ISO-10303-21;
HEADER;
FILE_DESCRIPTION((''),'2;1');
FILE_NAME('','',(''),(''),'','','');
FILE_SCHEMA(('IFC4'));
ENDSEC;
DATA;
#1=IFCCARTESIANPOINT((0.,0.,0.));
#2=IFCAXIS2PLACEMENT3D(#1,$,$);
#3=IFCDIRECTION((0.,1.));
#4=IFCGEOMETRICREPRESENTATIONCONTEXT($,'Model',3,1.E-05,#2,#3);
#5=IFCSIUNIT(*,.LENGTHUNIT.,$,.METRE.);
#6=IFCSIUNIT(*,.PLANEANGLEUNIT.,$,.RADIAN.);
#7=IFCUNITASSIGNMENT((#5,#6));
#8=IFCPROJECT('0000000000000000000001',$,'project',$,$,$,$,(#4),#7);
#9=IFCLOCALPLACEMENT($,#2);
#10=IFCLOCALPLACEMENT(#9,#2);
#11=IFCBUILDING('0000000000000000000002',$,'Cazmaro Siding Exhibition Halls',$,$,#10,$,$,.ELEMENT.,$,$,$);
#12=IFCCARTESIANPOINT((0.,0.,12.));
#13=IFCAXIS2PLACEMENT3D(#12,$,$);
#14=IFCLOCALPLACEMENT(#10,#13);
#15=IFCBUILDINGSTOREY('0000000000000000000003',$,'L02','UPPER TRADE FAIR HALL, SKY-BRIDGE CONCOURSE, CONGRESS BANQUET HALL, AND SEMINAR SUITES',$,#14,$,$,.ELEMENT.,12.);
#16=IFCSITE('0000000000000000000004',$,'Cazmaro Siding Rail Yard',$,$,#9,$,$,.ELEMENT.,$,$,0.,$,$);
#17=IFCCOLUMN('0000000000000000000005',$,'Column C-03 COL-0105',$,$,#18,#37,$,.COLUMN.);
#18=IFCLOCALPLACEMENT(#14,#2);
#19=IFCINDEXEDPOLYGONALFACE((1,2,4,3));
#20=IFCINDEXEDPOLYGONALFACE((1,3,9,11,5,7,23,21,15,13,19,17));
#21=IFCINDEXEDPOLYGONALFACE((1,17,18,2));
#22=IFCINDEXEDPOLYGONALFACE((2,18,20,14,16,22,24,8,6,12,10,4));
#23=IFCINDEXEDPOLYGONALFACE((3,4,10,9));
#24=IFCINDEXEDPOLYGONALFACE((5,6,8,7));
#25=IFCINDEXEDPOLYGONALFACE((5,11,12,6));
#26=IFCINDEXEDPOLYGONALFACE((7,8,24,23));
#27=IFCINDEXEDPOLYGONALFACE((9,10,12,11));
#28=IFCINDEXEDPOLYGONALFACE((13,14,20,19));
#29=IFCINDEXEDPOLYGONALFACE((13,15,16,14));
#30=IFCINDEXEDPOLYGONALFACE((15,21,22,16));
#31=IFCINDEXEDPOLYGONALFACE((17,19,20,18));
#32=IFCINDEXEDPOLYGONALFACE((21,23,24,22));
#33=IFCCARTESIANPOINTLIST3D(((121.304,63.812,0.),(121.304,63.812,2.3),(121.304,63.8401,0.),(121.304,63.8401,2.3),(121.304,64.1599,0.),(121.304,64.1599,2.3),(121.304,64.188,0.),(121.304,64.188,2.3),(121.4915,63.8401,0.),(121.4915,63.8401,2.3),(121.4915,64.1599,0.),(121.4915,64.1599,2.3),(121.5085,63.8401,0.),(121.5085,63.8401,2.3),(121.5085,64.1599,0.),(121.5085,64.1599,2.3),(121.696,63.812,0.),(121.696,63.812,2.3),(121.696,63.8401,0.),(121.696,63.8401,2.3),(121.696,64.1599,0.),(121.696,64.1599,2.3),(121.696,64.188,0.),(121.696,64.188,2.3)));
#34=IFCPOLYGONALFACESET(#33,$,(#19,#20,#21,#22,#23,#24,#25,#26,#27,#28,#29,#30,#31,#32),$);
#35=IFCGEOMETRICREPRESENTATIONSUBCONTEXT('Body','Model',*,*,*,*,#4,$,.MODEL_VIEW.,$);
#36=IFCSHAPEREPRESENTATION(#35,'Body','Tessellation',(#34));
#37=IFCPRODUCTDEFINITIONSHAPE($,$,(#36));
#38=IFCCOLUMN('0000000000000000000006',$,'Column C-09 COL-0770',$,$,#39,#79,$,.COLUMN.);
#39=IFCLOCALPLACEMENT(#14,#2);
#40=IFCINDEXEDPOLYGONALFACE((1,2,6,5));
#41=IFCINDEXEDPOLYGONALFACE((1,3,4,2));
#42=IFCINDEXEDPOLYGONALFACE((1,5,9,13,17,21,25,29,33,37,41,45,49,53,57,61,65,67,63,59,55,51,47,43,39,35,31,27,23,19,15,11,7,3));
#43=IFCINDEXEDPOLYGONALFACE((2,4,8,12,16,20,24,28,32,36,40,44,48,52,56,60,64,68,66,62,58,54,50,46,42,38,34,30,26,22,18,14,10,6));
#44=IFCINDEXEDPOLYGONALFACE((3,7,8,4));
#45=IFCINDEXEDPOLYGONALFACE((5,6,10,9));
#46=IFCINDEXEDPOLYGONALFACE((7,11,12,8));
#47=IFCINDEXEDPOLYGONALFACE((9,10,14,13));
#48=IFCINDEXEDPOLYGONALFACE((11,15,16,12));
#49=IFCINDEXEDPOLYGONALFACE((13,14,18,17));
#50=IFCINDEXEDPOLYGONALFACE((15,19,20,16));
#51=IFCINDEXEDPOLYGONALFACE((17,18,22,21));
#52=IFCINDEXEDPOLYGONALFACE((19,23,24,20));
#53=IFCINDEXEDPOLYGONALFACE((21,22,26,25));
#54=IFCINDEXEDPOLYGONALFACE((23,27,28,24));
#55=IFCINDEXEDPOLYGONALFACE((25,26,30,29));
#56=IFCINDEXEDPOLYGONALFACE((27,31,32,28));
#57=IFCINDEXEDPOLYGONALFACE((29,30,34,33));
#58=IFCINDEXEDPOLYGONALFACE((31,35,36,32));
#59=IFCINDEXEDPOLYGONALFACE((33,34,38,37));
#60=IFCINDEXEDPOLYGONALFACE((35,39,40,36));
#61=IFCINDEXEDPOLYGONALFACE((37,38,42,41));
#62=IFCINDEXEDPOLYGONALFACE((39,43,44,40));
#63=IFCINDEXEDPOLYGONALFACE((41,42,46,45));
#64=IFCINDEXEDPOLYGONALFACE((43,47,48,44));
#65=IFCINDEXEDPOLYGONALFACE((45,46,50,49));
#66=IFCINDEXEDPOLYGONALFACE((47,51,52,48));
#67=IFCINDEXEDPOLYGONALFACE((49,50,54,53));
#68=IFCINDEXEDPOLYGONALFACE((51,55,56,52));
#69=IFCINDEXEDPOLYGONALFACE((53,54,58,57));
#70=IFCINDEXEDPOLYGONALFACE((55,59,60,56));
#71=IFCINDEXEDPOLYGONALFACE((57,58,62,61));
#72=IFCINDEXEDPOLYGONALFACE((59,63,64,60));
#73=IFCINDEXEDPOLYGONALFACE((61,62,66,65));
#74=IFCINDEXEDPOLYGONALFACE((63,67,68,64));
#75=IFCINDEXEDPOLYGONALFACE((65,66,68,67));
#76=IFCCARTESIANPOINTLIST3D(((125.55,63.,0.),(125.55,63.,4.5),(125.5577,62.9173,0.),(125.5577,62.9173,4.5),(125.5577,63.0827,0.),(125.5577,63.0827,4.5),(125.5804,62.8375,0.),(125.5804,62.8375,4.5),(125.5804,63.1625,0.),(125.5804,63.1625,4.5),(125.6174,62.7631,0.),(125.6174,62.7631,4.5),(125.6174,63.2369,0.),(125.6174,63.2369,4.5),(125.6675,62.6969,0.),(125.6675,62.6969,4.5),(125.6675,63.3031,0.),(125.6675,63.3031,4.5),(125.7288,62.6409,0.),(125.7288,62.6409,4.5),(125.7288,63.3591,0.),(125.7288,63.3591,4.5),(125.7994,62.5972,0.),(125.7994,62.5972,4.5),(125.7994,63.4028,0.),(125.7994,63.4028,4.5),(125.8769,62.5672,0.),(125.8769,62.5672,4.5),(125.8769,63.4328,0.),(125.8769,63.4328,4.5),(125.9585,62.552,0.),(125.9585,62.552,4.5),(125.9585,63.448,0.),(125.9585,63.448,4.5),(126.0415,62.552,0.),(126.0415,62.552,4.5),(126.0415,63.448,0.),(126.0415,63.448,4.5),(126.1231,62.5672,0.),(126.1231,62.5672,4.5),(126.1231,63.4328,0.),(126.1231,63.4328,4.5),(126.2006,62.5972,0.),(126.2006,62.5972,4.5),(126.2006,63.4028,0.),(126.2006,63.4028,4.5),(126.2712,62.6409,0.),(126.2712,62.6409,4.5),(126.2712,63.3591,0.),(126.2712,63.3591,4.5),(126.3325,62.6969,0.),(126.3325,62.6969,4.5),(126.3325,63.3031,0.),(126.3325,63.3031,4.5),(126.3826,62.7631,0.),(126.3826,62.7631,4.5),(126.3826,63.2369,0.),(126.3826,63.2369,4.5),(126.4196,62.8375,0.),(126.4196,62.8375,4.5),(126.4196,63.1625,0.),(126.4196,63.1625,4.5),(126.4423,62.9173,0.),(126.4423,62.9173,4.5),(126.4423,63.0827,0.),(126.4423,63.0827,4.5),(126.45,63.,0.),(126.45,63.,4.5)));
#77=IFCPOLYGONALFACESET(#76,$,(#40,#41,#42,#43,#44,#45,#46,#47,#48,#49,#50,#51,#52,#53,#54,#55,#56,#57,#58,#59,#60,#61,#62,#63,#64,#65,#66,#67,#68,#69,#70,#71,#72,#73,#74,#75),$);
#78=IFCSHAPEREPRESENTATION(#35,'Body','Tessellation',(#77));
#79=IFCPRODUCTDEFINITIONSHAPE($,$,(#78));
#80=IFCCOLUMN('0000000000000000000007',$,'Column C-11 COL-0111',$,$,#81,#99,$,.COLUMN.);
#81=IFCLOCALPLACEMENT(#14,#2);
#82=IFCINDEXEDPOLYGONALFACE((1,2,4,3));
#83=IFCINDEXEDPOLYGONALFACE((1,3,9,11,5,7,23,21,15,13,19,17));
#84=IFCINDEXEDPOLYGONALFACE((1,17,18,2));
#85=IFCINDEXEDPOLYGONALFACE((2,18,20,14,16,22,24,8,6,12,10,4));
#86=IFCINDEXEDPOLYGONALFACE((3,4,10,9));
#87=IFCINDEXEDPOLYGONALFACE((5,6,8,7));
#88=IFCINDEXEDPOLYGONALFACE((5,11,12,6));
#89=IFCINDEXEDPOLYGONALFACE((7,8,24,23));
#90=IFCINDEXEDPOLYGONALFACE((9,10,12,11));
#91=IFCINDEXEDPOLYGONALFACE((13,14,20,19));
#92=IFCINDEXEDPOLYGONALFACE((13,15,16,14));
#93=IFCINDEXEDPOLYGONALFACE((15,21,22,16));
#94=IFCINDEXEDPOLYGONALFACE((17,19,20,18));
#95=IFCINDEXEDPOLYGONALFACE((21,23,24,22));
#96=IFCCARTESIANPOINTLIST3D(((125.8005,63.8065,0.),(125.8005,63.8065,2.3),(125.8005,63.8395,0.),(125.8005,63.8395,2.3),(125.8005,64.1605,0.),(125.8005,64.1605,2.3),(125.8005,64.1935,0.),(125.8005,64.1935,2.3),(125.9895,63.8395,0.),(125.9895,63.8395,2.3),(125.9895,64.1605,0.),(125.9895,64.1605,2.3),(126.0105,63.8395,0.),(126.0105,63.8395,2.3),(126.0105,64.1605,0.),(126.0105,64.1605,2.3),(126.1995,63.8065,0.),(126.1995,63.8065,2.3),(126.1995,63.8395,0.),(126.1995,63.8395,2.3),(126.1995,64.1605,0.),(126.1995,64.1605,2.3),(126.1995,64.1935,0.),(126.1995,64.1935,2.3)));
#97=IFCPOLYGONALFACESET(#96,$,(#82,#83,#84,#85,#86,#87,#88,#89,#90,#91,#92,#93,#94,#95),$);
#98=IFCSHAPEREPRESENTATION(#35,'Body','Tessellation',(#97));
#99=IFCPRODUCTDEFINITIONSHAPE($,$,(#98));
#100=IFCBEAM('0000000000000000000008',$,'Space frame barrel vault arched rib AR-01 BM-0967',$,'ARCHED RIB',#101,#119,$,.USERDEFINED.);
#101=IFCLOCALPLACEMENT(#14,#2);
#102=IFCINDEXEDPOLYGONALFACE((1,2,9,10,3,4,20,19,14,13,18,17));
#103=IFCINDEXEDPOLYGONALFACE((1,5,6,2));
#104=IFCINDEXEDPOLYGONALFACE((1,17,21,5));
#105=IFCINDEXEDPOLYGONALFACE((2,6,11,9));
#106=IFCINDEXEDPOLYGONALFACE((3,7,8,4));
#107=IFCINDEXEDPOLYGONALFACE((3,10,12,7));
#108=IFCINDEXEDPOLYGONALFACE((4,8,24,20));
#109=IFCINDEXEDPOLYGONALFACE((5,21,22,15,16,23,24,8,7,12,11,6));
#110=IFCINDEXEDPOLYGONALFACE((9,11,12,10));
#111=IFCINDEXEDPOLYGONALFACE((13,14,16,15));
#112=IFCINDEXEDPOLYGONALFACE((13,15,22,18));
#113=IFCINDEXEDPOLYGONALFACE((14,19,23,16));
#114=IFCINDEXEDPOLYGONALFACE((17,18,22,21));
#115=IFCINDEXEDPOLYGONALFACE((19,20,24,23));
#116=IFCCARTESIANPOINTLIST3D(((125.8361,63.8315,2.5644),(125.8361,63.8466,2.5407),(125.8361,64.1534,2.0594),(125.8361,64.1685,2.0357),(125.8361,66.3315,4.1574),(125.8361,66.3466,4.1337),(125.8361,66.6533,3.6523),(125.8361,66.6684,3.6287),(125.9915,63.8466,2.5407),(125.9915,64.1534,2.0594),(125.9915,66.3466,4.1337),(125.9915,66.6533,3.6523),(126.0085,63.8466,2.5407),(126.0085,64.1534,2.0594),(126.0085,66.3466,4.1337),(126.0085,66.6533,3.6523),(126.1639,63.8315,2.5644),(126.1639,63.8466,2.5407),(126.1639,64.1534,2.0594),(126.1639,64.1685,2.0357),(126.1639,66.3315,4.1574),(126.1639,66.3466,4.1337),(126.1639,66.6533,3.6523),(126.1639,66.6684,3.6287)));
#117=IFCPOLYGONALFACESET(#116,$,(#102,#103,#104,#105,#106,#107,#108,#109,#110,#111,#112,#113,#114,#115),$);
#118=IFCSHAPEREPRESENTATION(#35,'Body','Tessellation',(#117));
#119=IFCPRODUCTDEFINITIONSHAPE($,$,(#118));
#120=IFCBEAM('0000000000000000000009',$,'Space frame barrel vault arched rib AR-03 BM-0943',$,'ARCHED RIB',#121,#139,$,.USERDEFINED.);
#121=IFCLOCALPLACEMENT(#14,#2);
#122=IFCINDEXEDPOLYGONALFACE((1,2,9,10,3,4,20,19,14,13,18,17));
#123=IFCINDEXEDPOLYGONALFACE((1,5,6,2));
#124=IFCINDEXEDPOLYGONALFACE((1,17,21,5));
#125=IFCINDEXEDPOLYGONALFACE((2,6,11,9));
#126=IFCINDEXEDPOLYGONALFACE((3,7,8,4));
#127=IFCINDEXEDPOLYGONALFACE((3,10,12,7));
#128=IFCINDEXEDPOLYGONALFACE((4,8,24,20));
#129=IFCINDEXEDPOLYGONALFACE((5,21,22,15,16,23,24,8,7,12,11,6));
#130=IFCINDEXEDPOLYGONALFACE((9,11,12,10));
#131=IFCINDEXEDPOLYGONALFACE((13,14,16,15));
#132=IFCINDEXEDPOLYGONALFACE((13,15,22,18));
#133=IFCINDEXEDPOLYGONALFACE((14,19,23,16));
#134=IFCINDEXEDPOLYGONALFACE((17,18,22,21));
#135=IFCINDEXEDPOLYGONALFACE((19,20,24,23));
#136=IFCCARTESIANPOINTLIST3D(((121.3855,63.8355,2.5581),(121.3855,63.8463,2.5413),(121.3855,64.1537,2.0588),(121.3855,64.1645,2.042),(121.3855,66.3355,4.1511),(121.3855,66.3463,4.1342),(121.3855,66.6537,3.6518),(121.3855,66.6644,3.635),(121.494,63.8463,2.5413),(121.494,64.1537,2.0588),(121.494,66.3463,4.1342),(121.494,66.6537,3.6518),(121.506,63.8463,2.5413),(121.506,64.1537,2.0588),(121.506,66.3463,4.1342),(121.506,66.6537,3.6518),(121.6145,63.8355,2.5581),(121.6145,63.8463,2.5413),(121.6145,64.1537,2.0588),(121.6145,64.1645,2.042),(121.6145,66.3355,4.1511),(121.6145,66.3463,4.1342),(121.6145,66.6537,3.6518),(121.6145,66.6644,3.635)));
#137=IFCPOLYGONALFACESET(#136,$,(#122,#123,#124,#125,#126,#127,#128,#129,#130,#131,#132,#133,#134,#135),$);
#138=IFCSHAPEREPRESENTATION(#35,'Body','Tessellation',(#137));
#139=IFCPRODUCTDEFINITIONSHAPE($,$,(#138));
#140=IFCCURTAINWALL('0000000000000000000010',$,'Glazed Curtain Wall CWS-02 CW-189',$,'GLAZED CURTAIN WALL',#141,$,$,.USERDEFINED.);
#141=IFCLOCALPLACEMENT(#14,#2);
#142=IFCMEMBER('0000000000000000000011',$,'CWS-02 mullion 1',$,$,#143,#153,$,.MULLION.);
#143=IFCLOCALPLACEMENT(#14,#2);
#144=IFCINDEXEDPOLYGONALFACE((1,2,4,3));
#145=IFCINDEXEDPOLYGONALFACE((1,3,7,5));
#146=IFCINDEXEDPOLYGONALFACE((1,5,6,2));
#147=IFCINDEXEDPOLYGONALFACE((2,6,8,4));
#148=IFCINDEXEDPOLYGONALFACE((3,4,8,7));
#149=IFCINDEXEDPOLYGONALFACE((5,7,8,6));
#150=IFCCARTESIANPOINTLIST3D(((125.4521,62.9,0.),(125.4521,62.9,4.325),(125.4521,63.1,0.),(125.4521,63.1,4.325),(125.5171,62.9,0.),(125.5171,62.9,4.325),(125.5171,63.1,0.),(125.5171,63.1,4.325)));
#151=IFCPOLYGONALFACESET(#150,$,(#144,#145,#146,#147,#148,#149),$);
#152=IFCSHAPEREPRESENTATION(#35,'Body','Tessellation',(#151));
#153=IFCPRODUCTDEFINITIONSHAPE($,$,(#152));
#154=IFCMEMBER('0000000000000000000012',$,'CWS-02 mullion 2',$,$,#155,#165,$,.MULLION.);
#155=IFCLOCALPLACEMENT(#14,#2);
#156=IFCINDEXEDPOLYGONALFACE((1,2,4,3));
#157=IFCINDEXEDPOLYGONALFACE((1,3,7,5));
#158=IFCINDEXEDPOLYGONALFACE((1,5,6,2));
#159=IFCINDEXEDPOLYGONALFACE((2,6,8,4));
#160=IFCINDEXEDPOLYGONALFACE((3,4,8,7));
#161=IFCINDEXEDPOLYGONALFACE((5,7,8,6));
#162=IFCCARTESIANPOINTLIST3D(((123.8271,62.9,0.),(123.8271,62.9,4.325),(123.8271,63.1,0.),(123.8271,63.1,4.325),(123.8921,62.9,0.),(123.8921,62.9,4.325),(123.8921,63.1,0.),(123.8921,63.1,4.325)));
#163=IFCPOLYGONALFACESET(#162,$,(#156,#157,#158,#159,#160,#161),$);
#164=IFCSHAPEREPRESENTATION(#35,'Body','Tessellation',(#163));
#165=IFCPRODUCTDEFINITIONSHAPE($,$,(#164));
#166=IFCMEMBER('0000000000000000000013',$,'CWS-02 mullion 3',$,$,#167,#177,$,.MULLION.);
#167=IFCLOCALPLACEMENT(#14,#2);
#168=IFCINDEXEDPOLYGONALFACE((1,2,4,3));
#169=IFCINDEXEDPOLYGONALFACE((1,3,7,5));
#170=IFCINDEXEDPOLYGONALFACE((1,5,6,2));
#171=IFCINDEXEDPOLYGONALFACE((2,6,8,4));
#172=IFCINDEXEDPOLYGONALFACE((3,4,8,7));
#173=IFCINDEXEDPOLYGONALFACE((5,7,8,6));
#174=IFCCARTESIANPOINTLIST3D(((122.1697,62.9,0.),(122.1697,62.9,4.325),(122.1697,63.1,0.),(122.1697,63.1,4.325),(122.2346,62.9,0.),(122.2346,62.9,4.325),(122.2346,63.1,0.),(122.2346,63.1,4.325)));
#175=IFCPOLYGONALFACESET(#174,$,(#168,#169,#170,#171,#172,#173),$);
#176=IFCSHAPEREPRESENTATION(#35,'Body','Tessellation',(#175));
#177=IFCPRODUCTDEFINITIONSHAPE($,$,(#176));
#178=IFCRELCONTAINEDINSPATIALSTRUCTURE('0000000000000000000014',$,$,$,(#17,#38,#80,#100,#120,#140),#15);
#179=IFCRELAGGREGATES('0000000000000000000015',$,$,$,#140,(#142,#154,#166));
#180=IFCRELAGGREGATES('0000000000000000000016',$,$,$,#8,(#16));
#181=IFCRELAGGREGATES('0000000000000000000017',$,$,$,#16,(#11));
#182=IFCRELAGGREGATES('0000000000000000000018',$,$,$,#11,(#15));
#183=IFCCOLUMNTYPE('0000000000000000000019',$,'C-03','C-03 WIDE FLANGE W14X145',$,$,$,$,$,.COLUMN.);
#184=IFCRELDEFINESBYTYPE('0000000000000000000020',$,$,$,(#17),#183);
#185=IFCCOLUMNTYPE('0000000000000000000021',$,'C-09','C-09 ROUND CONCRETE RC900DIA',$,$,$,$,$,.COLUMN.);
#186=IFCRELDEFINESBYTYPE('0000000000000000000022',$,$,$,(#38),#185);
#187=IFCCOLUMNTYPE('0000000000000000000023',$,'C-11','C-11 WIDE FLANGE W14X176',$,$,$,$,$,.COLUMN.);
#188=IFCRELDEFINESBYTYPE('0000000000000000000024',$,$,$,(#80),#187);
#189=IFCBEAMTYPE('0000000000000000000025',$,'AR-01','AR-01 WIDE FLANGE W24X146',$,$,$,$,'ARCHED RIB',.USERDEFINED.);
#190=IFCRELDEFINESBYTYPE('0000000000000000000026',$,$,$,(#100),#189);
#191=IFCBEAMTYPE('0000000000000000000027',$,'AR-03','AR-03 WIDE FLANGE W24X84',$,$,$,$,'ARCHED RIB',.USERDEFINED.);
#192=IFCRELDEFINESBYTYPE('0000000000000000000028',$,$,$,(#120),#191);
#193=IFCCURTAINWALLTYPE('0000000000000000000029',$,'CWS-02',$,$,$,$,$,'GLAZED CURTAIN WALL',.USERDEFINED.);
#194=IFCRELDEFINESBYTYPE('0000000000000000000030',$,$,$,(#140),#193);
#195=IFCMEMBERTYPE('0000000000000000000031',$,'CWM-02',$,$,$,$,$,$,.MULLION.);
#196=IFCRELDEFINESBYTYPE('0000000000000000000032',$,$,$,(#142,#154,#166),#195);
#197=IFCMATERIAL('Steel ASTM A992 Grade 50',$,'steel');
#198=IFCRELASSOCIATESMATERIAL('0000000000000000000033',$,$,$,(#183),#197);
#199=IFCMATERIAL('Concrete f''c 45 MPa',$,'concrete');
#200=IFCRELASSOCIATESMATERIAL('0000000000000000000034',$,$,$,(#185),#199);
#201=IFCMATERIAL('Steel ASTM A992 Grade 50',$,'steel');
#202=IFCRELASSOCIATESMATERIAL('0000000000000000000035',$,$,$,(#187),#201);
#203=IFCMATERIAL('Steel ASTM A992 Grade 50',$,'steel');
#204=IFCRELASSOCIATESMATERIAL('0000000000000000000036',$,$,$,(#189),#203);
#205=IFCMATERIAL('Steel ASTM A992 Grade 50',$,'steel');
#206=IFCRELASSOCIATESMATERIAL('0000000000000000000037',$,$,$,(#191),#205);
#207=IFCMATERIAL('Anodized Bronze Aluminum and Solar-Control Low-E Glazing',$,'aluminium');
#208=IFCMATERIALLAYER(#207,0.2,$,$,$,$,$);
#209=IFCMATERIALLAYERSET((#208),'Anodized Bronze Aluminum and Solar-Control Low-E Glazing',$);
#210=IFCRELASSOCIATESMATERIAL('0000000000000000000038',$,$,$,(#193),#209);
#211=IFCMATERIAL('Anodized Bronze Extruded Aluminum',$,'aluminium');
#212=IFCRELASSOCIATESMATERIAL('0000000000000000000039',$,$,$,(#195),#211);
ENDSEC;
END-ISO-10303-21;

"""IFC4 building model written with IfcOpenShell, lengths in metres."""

from ifc_helpers import new_model, si_unit, direction, frame, origin, origin_2d, place, context, subcontext, project, spatial, rectangle, circle, i_section, extrude, material, layer, layer_set, material_profile, profile_set, type_object, element, aggregate, save


model = new_model("IFC4")

# Units and contexts
model_context = context("Model", 3, precision=1e-05, world=origin(), true_north=direction((0.0, 1.0)))
body_context = subcontext(model_context, "Body", "Model", "MODEL_VIEW")
ifc_project = project(units=[si_unit("LENGTHUNIT", "METRE"), si_unit("PLANEANGLEUNIT", "RADIAN")], contexts=[model_context])

# Site, building, storey
site_placement = place(None, origin())
site = spatial("IfcSite", under=ifc_project, at=site_placement, Name="Cazmaro Siding Rail Yard", CompositionType="ELEMENT", RefElevation=0.0)
building_placement = place(site_placement, origin())
building = spatial("IfcBuilding", under=site, at=building_placement, Name="Cazmaro Siding Exhibition Halls", CompositionType="ELEMENT")
storey_placement = place(building_placement, frame((0.0, 0.0, 12.0)))
storey = spatial("IfcBuildingStorey", under=building, at=storey_placement, Name="L02", Description="UPPER TRADE FAIR HALL, SKY-BRIDGE CONCOURSE, CONGRESS BANQUET HALL, AND SEMINAR SUITES", CompositionType="ELEMENT", Elevation=12.0)

# Columns
ifc_material_1 = material(Name="Steel ASTM A992 Grade 50", Category="steel")
ifc_material_profile_1 = material_profile(ifc_material_1, i_section(OverallWidth=0.3921, OverallDepth=0.376, WebThickness=0.0171, FlangeThickness=0.0281, at=origin_2d()), Name="W14X145")
ifc_profile_set_1 = profile_set([ifc_material_profile_1], Name="Steel ASTM A992 Grade 50")
column_type_1 = type_object("IfcColumnType", Name="C-03", Description="C-03 WIDE FLANGE W14X145", PredefinedType="COLUMN", material=ifc_profile_set_1)
column_1_placement = place(storey_placement, frame((121.5, 64.0, 0.0), z_axis=(0.0, 0.0, 1.0), x_axis=(1.0, 0.0, 0.0)))
element("IfcColumn", 1, at=column_1_placement, inside=storey, type_object=column_type_1, Name="Column C-03 COL-0105", PredefinedType="COLUMN", context=body_context, shape_type="SweptSolid", body=[
    extrude(i_section(OverallWidth=0.3921, OverallDepth=0.376, WebThickness=0.0171, FlangeThickness=0.0281, at=origin_2d()), origin(), (0.0, 0.0, 1.0), 2.3),
])
ifc_material_2 = material(Name="Concrete f'c 45 MPa", Category="concrete")
ifc_material_profile_2 = material_profile(ifc_material_2, circle(Radius=0.45, at=origin_2d()), Name="RC900DIA")
ifc_profile_set_2 = profile_set([ifc_material_profile_2], Name="Concrete f'c 45 MPa")
column_type_2 = type_object("IfcColumnType", Name="C-09", Description="C-09 ROUND CONCRETE RC900DIA", PredefinedType="COLUMN", material=ifc_profile_set_2)
column_2_placement = place(storey_placement, frame((126.0, 63.0, 0.0), z_axis=(0.0, 0.0, 1.0), x_axis=(1.0, 0.0, 0.0)))
element("IfcColumn", 2, at=column_2_placement, inside=storey, type_object=column_type_2, Name="Column C-09 COL-0770", PredefinedType="COLUMN", context=body_context, shape_type="SweptSolid", body=[
    extrude(circle(Radius=0.45, at=origin_2d()), origin(), (0.0, 0.0, 1.0), 4.5),
])
ifc_material_3 = material(Name="Steel ASTM A992 Grade 50", Category="steel")
ifc_material_profile_3 = material_profile(ifc_material_3, i_section(OverallWidth=0.3989, OverallDepth=0.387, WebThickness=0.021, FlangeThickness=0.033, at=origin_2d()), Name="W14X176")
ifc_profile_set_3 = profile_set([ifc_material_profile_3], Name="Steel ASTM A992 Grade 50")
column_type_3 = type_object("IfcColumnType", Name="C-11", Description="C-11 WIDE FLANGE W14X176", PredefinedType="COLUMN", material=ifc_profile_set_3)
column_3_placement = place(storey_placement, frame((126.0, 64.0, 0.0), z_axis=(0.0, 0.0, 1.0), x_axis=(1.0, 0.0, 0.0)))
element("IfcColumn", 3, at=column_3_placement, inside=storey, type_object=column_type_3, Name="Column C-11 COL-0111", PredefinedType="COLUMN", context=body_context, shape_type="SweptSolid", body=[
    extrude(i_section(OverallWidth=0.3989, OverallDepth=0.387, WebThickness=0.021, FlangeThickness=0.033, at=origin_2d()), origin(), (0.0, 0.0, 1.0), 2.3),
])

# Beams
ifc_material_4 = material(Name="Steel ASTM A992 Grade 50", Category="steel")
ifc_material_profile_4 = material_profile(ifc_material_4, i_section(OverallWidth=0.3279, OverallDepth=0.627, WebThickness=0.0171, FlangeThickness=0.0281, at=origin_2d()), Name="W24X146")
ifc_profile_set_4 = profile_set([ifc_material_profile_4], Name="Steel ASTM A992 Grade 50")
beam_type_1 = type_object("IfcBeamType", Name="AR-01", Description="AR-01 WIDE FLANGE W24X146", ElementType="ARCHED RIB", PredefinedType="USERDEFINED", material=ifc_profile_set_4)
beam_1_placement = place(storey_placement, frame((126.0, 64.0, 2.3), z_axis=(0.0, 0.843339, 0.537382), x_axis=(-1.0, 0.0, 0.0)))
element("IfcBeam", 4, at=beam_1_placement, inside=storey, type_object=beam_type_1, Name="Space frame barrel vault arched rib AR-01 BM-0967", ObjectType="ARCHED RIB", PredefinedType="USERDEFINED", context=body_context, shape_type="SweptSolid", body=[
    extrude(i_section(OverallWidth=0.3279, OverallDepth=0.627, WebThickness=0.0171, FlangeThickness=0.0281, at=origin_2d()), origin(), (0.0, 0.0, 1.0), 2.9644),
])
ifc_material_5 = material(Name="Steel ASTM A992 Grade 50", Category="steel")
ifc_material_profile_5 = material_profile(ifc_material_5, i_section(OverallWidth=0.229, OverallDepth=0.6121, WebThickness=0.012, FlangeThickness=0.02, at=origin_2d()), Name="W24X84")
ifc_profile_set_5 = profile_set([ifc_material_profile_5], Name="Steel ASTM A992 Grade 50")
beam_type_2 = type_object("IfcBeamType", Name="AR-03", Description="AR-03 WIDE FLANGE W24X84", ElementType="ARCHED RIB", PredefinedType="USERDEFINED", material=ifc_profile_set_5)
beam_2_placement = place(storey_placement, frame((121.5, 64.0, 2.3), z_axis=(0.0, 0.843339, 0.537382), x_axis=(-1.0, 0.0, 0.0)))
element("IfcBeam", 5, at=beam_2_placement, inside=storey, type_object=beam_type_2, Name="Space frame barrel vault arched rib AR-03 BM-0943", ObjectType="ARCHED RIB", PredefinedType="USERDEFINED", context=body_context, shape_type="SweptSolid", body=[
    extrude(i_section(OverallWidth=0.229, OverallDepth=0.6121, WebThickness=0.012, FlangeThickness=0.02, at=origin_2d()), origin(), (0.0, 0.0, 1.0), 2.9644),
])

# Curtain wall, members
ifc_material_6 = material(Name="Anodized Bronze Aluminum and Solar-Control Low-E Glazing", Category="aluminium")
ifc_layer_1 = layer(ifc_material_6, 0.2)
ifc_layer_set_1 = layer_set([ifc_layer_1], Name="Anodized Bronze Aluminum and Solar-Control Low-E Glazing")
curtain_wall_type = type_object("IfcCurtainWallType", Name="CWS-02", ElementType="GLAZED CURTAIN WALL", PredefinedType="USERDEFINED", material=ifc_layer_set_1)
curtain_wall_placement = place(storey_placement, origin())
curtain_wall = element("IfcCurtainWall", 6, at=curtain_wall_placement, inside=storey, type_object=curtain_wall_type, Name="Glazed Curtain Wall CWS-02 CW-189", ObjectType="GLAZED CURTAIN WALL", PredefinedType="USERDEFINED")
ifc_material_7 = material(Name="Anodized Bronze Extruded Aluminum", Category="aluminium")
ifc_material_profile_6 = material_profile(ifc_material_7, rectangle(XDim=0.2, YDim=0.0649, at=origin_2d()), Name="CWM-02")
ifc_profile_set_6 = profile_set([ifc_material_profile_6], Name="Anodized Bronze Extruded Aluminum")
member_type_1 = type_object("IfcMemberType", Name="CWM-02", PredefinedType="MULLION", material=ifc_profile_set_6)
member_1_placement = place(storey_placement, frame((125.4846, 63.0, 0.0), z_axis=(0.0, 0.0, 1.0), x_axis=(0.0, -1.0, 0.0)))
member_1 = element("IfcMember", 7, at=member_1_placement, type_object=member_type_1, Name="CWS-02 mullion 1", PredefinedType="MULLION", context=body_context, shape_type="SweptSolid", body=[
    extrude(rectangle(XDim=0.2, YDim=0.0649, at=origin_2d()), origin(), (0.0, 0.0, 1.0), 4.325),
])
member_2_placement = place(storey_placement, frame((123.8596, 63.0, 0.0), z_axis=(0.0, 0.0, 1.0), x_axis=(0.0, -1.0, 0.0)))
member_2 = element("IfcMember", 8, at=member_2_placement, type_object=member_type_1, Name="CWS-02 mullion 2", PredefinedType="MULLION", context=body_context, shape_type="SweptSolid", body=[
    extrude(rectangle(XDim=0.2, YDim=0.0649, at=origin_2d()), origin(), (0.0, 0.0, 1.0), 4.325),
])
member_3_placement = place(storey_placement, frame((122.2021, 63.0, 0.0), z_axis=(0.0, 0.0, 1.0), x_axis=(0.0, -1.0, 0.0)))
member_3 = element("IfcMember", 9, at=member_3_placement, type_object=member_type_1, Name="CWS-02 mullion 3", PredefinedType="MULLION", context=body_context, shape_type="SweptSolid", body=[
    extrude(rectangle(XDim=0.2, YDim=0.0649, at=origin_2d()), origin(), (0.0, 0.0, 1.0), 4.325),
])

aggregate(curtain_wall, [member_1, member_2, member_3])

save(model, "model.ifc")
